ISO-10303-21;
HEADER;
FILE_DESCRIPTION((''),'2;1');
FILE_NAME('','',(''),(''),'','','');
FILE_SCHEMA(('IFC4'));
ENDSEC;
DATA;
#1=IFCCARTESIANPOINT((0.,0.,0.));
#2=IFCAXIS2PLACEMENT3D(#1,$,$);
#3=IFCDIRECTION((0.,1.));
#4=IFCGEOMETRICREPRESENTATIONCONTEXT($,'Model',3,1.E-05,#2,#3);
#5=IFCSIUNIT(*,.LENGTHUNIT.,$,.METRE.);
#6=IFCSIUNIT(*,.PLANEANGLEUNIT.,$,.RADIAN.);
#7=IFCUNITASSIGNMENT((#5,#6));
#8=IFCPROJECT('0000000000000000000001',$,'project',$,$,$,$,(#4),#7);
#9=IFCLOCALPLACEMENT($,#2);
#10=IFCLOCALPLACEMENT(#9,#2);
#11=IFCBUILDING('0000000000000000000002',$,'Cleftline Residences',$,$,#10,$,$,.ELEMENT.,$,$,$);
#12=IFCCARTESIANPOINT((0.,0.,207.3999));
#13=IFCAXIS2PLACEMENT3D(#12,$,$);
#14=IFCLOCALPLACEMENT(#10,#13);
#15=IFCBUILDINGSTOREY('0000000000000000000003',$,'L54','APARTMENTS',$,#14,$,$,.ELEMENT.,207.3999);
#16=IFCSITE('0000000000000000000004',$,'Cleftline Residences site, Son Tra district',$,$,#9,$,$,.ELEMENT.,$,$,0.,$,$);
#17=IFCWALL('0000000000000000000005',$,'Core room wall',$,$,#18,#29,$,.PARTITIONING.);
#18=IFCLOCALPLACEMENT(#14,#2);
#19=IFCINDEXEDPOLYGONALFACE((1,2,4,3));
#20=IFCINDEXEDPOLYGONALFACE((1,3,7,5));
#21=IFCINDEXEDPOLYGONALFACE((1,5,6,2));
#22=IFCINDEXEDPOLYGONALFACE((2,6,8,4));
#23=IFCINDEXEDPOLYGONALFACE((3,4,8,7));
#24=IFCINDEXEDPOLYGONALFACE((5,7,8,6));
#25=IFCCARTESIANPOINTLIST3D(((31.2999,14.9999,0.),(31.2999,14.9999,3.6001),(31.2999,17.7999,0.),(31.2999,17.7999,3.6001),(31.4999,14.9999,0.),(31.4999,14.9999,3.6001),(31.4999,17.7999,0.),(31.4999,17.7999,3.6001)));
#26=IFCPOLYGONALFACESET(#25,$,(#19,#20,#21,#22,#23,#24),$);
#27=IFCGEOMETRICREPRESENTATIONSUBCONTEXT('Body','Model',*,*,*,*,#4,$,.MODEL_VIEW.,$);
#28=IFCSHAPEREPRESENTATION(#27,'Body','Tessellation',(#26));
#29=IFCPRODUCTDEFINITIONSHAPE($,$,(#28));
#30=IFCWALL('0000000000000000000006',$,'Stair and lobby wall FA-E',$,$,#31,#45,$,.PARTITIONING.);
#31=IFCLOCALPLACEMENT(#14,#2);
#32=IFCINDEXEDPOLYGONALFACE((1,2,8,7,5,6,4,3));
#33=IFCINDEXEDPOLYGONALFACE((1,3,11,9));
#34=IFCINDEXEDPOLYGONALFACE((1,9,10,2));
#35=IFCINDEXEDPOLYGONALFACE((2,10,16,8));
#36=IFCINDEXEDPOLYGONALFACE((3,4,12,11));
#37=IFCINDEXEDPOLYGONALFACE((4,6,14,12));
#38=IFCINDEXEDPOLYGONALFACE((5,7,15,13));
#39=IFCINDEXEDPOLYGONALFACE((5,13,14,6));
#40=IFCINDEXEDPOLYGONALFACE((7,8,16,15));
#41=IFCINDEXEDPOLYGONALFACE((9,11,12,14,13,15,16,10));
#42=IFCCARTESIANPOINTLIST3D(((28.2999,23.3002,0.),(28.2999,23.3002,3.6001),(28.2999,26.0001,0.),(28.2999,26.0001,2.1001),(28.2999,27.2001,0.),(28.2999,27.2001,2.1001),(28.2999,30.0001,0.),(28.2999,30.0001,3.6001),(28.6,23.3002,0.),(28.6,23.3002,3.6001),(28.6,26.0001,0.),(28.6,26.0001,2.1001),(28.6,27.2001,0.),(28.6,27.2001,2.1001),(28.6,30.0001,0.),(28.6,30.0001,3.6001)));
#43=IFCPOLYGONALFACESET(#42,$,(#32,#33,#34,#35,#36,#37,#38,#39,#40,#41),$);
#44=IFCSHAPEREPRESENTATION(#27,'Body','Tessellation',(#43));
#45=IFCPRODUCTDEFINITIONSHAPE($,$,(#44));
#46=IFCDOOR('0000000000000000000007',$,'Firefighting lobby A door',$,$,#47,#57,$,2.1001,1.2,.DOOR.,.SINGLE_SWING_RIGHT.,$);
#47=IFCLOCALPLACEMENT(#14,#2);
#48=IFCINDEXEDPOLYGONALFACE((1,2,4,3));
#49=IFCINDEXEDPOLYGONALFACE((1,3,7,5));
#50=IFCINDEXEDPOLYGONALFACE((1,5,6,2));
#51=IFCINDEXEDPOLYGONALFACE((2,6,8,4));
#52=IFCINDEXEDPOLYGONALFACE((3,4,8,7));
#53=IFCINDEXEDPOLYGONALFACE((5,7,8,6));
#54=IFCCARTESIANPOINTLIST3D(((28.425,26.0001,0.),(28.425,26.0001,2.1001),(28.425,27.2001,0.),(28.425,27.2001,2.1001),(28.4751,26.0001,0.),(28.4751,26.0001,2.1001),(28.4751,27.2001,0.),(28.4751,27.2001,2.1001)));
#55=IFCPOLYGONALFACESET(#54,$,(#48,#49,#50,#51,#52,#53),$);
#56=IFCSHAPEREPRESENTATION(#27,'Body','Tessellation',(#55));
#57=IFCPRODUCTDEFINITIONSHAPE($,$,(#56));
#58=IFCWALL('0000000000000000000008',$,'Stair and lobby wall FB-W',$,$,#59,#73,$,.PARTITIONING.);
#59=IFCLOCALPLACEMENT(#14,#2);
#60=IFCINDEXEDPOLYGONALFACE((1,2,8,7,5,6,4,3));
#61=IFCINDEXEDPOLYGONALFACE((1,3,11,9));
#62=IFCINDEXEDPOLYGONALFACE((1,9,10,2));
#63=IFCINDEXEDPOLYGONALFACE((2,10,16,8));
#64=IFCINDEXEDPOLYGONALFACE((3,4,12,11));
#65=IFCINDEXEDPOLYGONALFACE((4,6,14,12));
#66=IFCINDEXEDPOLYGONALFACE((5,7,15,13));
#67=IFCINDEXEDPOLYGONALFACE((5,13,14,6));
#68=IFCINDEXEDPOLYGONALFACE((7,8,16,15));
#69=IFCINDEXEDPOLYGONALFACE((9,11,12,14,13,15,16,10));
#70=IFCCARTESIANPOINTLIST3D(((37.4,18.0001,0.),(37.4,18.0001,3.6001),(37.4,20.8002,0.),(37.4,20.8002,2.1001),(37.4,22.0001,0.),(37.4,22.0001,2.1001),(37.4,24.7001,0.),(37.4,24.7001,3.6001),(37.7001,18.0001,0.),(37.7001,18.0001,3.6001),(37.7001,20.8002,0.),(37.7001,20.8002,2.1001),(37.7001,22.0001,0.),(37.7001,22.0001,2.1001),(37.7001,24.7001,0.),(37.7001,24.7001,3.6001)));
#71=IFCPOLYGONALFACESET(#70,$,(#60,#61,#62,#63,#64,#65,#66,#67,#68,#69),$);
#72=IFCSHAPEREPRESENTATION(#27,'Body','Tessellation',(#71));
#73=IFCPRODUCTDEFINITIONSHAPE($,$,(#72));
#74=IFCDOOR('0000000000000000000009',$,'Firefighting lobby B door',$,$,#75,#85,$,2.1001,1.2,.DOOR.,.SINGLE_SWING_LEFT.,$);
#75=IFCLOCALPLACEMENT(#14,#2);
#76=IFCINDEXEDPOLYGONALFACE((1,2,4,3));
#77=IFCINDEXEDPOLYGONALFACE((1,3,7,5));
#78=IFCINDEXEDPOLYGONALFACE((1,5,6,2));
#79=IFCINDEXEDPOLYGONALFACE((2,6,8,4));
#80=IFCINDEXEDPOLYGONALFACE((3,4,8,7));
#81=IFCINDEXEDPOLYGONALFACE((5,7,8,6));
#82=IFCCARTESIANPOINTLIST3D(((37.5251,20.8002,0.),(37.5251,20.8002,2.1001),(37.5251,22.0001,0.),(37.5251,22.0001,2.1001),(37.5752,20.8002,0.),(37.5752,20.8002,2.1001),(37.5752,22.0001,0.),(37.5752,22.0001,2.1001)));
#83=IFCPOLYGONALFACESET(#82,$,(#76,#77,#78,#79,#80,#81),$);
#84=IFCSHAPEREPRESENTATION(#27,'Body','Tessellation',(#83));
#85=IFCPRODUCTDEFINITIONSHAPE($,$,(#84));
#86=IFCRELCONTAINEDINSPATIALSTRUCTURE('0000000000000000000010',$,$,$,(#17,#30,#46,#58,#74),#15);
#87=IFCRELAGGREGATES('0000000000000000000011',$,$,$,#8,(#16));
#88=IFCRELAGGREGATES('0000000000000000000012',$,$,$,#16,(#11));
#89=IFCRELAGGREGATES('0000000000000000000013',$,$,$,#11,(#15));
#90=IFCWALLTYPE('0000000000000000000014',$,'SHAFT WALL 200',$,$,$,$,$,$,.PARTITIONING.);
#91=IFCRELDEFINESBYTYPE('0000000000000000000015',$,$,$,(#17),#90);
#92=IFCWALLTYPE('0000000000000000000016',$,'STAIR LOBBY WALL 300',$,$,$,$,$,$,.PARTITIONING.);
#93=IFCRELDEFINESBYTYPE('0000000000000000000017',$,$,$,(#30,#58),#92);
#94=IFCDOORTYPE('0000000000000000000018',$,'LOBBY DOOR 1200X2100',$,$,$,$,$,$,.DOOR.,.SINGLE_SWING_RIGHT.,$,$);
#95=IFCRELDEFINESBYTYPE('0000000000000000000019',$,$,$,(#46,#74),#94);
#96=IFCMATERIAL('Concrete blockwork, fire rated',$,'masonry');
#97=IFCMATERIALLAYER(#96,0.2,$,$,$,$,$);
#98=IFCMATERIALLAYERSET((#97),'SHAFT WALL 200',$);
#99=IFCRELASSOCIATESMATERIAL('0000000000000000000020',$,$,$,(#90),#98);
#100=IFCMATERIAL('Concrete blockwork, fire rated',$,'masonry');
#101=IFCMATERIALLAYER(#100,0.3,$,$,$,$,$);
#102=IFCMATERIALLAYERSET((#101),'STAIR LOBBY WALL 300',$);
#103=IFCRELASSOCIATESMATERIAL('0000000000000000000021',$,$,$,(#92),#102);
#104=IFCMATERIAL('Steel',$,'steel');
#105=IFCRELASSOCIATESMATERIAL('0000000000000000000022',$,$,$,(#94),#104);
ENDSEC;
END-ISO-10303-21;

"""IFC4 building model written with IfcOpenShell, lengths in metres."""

from ifc_helpers import new_model, si_unit, direction, frame, frame_2d, origin, place, context, subcontext, project, spatial, rectangle, extrude, material, layer, layer_set, type_object, element, fill, save


model = new_model("IFC4")

# Units and contexts
model_context = context("Model", 3, precision=1e-05, world=origin(), true_north=direction((0.0, 1.0)))
body_context = subcontext(model_context, "Body", "Model", "MODEL_VIEW")
ifc_project = project(units=[si_unit("LENGTHUNIT", "METRE"), si_unit("PLANEANGLEUNIT", "RADIAN")], contexts=[model_context])

# Site, building, storey
site_placement = place(None, origin())
site = spatial("IfcSite", under=ifc_project, at=site_placement, Name="Cleftline Residences site, Son Tra district", CompositionType="ELEMENT", RefElevation=0.0)
building_placement = place(site_placement, origin())
building = spatial("IfcBuilding", under=site, at=building_placement, Name="Cleftline Residences", CompositionType="ELEMENT")
storey_placement = place(building_placement, frame((0.0, 0.0, 207.3999)))
storey = spatial("IfcBuildingStorey", under=building, at=storey_placement, Name="L54", Description="APARTMENTS", CompositionType="ELEMENT", Elevation=207.3999)

# Shared definitions
ifc_material_1 = material(Name="Concrete blockwork, fire rated", Category="masonry")
ifc_layer_1 = layer(ifc_material_1, 0.2)
ifc_layer_set_1 = layer_set([ifc_layer_1], Name="SHAFT WALL 200")
wall_type_1 = type_object("IfcWallType", Name="SHAFT WALL 200", PredefinedType="PARTITIONING", material=ifc_layer_set_1)

# Wall
wall_1_placement = place(storey_placement, frame((31.3999, 15.0, 0.0), z_axis=(0.0, 0.0, 1.0), x_axis=(0.0, 1.0, 0.0)))
element("IfcWall", 1, at=wall_1_placement, inside=storey, type_object=wall_type_1, Name="Core room wall", PredefinedType="PARTITIONING", context=body_context, shape_type="SweptSolid", body=[
    extrude(rectangle(XDim=2.8, YDim=0.2, at=frame_2d((1.3999, 0.0))), origin(), (0.0, 0.0, 1.0), 3.6001),
])

# Walls, openings, doors
ifc_material_2 = material(Name="Concrete blockwork, fire rated", Category="masonry")
ifc_layer_2 = layer(ifc_material_2, 0.3)
ifc_layer_set_2 = layer_set([ifc_layer_2], Name="STAIR LOBBY WALL 300")
wall_type_2 = type_object("IfcWallType", Name="STAIR LOBBY WALL 300", PredefinedType="PARTITIONING", material=ifc_layer_set_2)
wall_2_placement = place(storey_placement, frame((28.45, 23.3, 0.0), z_axis=(0.0, 0.0, 1.0), x_axis=(0.0, 1.0, 0.0)))
wall_2 = element("IfcWall", 2, at=wall_2_placement, inside=storey, type_object=wall_type_2, Name="Stair and lobby wall FA-E", PredefinedType="PARTITIONING", context=body_context, shape_type="SweptSolid", body=[
    extrude(rectangle(XDim=6.7, YDim=0.3, at=frame_2d((3.3501, 0.0))), origin(), (0.0, 0.0, 1.0), 3.6001),
])
opening_1_placement = place(wall_2_placement, frame((2.7, 0.0, 0.0)))
opening_1 = element("IfcOpeningElement", 3, at=opening_1_placement, cuts=wall_2, PredefinedType="OPENING", context=body_context, shape_type="SweptSolid", body=[
    extrude(rectangle(XDim=1.2, YDim=2.1001, at=frame_2d((0.6001, 1.05))), frame((0.0, 0.1599, 0.0), z_axis=(0.0, -1.0, 0.0), x_axis=(1.0, 0.0, 0.0)), (0.0, 0.0, 1.0), 0.3201),
])
ifc_material_3 = material(Name="Steel", Category="steel")
door_type_1 = type_object("IfcDoorType", Name="LOBBY DOOR 1200X2100", OperationType="SINGLE_SWING_RIGHT", PredefinedType="DOOR", material=ifc_material_3)
door_1_placement = place(opening_1_placement, origin())
door_1 = element("IfcDoor", 4, at=door_1_placement, inside=storey, type_object=door_type_1, Name="Firefighting lobby A door", OperationType="SINGLE_SWING_RIGHT", OverallHeight=2.1001, OverallWidth=1.2, PredefinedType="DOOR", context=body_context, shape_type="SweptSolid", body=[
    extrude(rectangle(XDim=1.2, YDim=2.1001, at=frame_2d((0.6001, 1.05))), frame((0.0, 0.0249, 0.0), z_axis=(0.0, -1.0, 0.0), x_axis=(1.0, 0.0, 0.0)), (0.0, 0.0, 1.0), 0.05),
])
fill(opening_1, door_1)
wall_3_placement = place(storey_placement, frame((37.55, 18.0, 0.0), z_axis=(0.0, 0.0, 1.0), x_axis=(0.0, 1.0, 0.0)))
wall_3 = element("IfcWall", 5, at=wall_3_placement, inside=storey, type_object=wall_type_2, Name="Stair and lobby wall FB-W", PredefinedType="PARTITIONING", context=body_context, shape_type="SweptSolid", body=[
    extrude(rectangle(XDim=6.7, YDim=0.3, at=frame_2d((3.3501, 0.0))), origin(), (0.0, 0.0, 1.0), 3.6001),
])
opening_2_placement = place(wall_3_placement, frame((2.8, 0.0, 0.0)))
opening_2 = element("IfcOpeningElement", 6, at=opening_2_placement, cuts=wall_3, PredefinedType="OPENING", context=body_context, shape_type="SweptSolid", body=[
    extrude(rectangle(XDim=1.2, YDim=2.1001, at=frame_2d((0.6001, 1.05))), frame((0.0, 0.1599, 0.0), z_axis=(0.0, -1.0, 0.0), x_axis=(1.0, 0.0, 0.0)), (0.0, 0.0, 1.0), 0.3201),
])
door_2_placement = place(opening_2_placement, origin())
door_2 = element("IfcDoor", 7, at=door_2_placement, inside=storey, type_object=door_type_1, Name="Firefighting lobby B door", OperationType="SINGLE_SWING_LEFT", OverallHeight=2.1001, OverallWidth=1.2, PredefinedType="DOOR", context=body_context, shape_type="SweptSolid", body=[
    extrude(rectangle(XDim=1.2, YDim=2.1001, at=frame_2d((0.6001, 1.05))), frame((0.0, 0.0249, 0.0), z_axis=(0.0, -1.0, 0.0), x_axis=(1.0, 0.0, 0.0)), (0.0, 0.0, 1.0), 0.05),
])
fill(opening_2, door_2)

save(model, "model.ifc")
